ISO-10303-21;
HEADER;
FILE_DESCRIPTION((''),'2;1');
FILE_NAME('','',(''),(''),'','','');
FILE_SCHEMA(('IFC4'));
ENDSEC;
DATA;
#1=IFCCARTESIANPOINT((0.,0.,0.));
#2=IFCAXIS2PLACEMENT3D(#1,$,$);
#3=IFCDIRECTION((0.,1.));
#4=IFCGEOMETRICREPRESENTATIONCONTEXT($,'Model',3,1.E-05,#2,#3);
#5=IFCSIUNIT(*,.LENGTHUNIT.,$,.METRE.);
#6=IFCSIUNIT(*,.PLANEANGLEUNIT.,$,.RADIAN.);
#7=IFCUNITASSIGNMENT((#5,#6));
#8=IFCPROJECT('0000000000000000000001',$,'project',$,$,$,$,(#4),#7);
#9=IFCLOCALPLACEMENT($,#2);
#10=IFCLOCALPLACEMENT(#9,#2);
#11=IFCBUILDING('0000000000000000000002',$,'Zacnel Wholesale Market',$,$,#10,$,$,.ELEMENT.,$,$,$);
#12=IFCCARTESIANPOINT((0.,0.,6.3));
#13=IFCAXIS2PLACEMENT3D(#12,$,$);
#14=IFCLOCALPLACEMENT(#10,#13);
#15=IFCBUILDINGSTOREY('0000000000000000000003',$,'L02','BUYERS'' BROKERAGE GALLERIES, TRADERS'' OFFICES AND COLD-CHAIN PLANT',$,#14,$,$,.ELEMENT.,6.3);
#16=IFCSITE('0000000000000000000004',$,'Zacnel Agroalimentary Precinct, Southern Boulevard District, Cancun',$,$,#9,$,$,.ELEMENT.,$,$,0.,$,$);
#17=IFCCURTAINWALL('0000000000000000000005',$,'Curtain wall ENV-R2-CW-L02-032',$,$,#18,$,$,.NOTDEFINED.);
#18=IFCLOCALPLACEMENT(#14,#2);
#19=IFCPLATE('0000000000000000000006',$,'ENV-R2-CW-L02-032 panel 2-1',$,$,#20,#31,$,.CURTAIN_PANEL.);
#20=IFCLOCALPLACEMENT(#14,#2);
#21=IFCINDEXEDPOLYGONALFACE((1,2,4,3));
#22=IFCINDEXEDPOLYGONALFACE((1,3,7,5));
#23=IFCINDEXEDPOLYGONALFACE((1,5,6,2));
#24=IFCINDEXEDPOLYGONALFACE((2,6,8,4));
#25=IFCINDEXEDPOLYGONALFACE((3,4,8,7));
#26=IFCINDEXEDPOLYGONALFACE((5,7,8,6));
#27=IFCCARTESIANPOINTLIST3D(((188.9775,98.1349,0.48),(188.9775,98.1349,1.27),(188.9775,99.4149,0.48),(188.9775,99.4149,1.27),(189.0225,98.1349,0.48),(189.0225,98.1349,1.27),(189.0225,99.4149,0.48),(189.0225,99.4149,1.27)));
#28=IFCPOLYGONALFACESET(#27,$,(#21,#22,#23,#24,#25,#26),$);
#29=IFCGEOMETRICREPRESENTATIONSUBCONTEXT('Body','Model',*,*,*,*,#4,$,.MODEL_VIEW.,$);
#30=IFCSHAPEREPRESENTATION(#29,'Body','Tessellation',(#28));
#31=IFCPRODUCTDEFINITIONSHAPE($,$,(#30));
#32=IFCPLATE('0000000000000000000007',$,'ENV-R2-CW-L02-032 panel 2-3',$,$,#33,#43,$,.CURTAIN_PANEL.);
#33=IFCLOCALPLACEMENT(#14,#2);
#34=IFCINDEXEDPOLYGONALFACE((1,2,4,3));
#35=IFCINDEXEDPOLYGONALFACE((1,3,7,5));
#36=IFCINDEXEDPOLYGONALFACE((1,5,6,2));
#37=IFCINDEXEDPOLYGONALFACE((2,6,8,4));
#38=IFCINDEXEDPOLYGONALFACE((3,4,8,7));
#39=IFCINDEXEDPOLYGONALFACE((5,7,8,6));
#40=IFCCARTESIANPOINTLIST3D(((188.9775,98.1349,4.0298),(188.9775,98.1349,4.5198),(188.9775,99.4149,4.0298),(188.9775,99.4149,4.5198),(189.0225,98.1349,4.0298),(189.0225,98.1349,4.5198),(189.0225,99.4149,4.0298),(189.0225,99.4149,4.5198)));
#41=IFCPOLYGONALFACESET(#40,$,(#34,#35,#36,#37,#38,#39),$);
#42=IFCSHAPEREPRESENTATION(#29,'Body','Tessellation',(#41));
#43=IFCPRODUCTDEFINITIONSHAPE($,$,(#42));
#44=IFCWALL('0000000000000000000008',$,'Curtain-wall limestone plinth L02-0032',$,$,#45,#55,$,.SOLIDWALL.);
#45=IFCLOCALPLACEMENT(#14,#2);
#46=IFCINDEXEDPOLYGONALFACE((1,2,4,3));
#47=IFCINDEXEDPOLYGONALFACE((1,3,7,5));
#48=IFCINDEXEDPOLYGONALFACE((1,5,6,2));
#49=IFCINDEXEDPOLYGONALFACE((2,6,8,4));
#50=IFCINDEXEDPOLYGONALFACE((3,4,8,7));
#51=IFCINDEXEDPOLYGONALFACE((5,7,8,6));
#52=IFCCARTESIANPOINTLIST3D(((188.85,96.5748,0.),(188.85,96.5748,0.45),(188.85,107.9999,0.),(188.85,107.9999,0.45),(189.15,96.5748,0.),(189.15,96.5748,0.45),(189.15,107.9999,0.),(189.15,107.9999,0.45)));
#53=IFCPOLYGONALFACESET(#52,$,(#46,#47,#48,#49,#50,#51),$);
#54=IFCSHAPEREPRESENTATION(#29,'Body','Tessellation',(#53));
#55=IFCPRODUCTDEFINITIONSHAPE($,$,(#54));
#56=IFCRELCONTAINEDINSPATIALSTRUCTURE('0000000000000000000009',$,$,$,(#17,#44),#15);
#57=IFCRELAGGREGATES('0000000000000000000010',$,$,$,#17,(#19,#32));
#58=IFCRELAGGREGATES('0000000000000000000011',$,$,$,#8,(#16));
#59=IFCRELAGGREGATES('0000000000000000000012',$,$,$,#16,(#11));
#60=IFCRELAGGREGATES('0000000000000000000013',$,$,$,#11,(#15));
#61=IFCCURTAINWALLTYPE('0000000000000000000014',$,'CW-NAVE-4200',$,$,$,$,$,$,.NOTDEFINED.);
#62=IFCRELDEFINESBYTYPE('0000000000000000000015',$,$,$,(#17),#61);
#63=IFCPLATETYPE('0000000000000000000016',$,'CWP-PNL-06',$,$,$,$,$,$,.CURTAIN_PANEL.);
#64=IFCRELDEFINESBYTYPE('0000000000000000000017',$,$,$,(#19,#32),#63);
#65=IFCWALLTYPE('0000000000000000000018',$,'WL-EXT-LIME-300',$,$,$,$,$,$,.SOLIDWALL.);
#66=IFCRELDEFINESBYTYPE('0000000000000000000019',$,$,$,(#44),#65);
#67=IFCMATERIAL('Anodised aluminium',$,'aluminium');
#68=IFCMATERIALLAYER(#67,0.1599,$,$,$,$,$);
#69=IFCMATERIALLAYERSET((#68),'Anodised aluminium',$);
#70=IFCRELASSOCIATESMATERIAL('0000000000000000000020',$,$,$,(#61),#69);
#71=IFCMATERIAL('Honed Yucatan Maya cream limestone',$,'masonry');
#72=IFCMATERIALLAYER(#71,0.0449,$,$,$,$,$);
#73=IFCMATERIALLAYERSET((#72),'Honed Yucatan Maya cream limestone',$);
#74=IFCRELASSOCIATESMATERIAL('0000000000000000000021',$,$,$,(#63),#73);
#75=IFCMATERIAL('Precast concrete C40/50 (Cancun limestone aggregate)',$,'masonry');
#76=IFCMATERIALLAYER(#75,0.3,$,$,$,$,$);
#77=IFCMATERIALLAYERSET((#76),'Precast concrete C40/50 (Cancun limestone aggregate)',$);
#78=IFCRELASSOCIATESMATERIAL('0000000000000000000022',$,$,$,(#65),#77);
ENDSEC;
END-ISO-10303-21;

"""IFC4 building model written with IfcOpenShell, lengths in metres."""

from ifc_helpers import new_model, si_unit, direction, frame, frame_2d, origin, origin_2d, place, context, subcontext, project, spatial, rectangle, extrude, material, layer, layer_set, type_object, element, aggregate, save


model = new_model("IFC4")

# Units and contexts
model_context = context("Model", 3, precision=1e-05, world=origin(), true_north=direction((0.0, 1.0)))
body_context = subcontext(model_context, "Body", "Model", "MODEL_VIEW")
ifc_project = project(units=[si_unit("LENGTHUNIT", "METRE"), si_unit("PLANEANGLEUNIT", "RADIAN")], contexts=[model_context])

# Site, building, storey
site_placement = place(None, origin())
site = spatial("IfcSite", under=ifc_project, at=site_placement, Name="Zacnel Agroalimentary Precinct, Southern Boulevard District, Cancun", CompositionType="ELEMENT", RefElevation=0.0)
building_placement = place(site_placement, origin())
building = spatial("IfcBuilding", under=site, at=building_placement, Name="Zacnel Wholesale Market", CompositionType="ELEMENT")
storey_placement = place(building_placement, frame((0.0, 0.0, 6.3)))
storey = spatial("IfcBuildingStorey", under=building, at=storey_placement, Name="L02", Description="BUYERS' BROKERAGE GALLERIES, TRADERS' OFFICES AND COLD-CHAIN PLANT", CompositionType="ELEMENT", Elevation=6.3)

# Shared definitions
ifc_material_1 = material(Name="Anodised aluminium", Category="aluminium")
ifc_layer_1 = layer(ifc_material_1, 0.1599)
ifc_layer_set_1 = layer_set([ifc_layer_1], Name="Anodised aluminium")
curtain_wall_type = type_object("IfcCurtainWallType", Name="CW-NAVE-4200", PredefinedType="NOTDEFINED", material=ifc_layer_set_1)

# Curtain wall
curtain_wall_1_placement = place(storey_placement, origin())
curtain_wall_1 = element("IfcCurtainWall", 1, at=curtain_wall_1_placement, inside=storey, type_object=curtain_wall_type, Name="Curtain wall ENV-R2-CW-L02-032", PredefinedType="NOTDEFINED")

# Plates
ifc_material_2 = material(Name="Honed Yucatan Maya cream limestone", Category="masonry")
ifc_layer_2 = layer(ifc_material_2, 0.0449)
ifc_layer_set_2 = layer_set([ifc_layer_2], Name="Honed Yucatan Maya cream limestone")
plate_type_1 = type_object("IfcPlateType", Name="CWP-PNL-06", PredefinedType="CURTAIN_PANEL", material=ifc_layer_set_2)
plate_1_placement = place(storey_placement, frame((189.0, 98.7749, 0.48), z_axis=(0.0, 0.0, 1.0), x_axis=(0.0, 1.0, 0.0)))
plate_1 = element("IfcPlate", 2, at=plate_1_placement, type_object=plate_type_1, Name="ENV-R2-CW-L02-032 panel 2-1", PredefinedType="CURTAIN_PANEL", context=body_context, shape_type="SweptSolid", body=[
    extrude(rectangle(XDim=1.28, YDim=0.0449, at=origin_2d()), origin(), (0.0, 0.0, 1.0), 0.79),
])
plate_2_placement = place(storey_placement, frame((189.0, 98.7749, 4.0298), z_axis=(0.0, 0.0, 1.0), x_axis=(0.0, 1.0, 0.0)))
plate_2 = element("IfcPlate", 3, at=plate_2_placement, type_object=plate_type_1, Name="ENV-R2-CW-L02-032 panel 2-3", PredefinedType="CURTAIN_PANEL", context=body_context, shape_type="SweptSolid", body=[
    extrude(rectangle(XDim=1.28, YDim=0.0449, at=origin_2d()), origin(), (0.0, 0.0, 1.0), 0.49),
])
aggregate(curtain_wall_1, [plate_1, plate_2])

# Wall
ifc_material_3 = material(Name="Precast concrete C40/50 (Cancun limestone aggregate)", Category="masonry")
ifc_layer_3 = layer(ifc_material_3, 0.3)
ifc_layer_set_3 = layer_set([ifc_layer_3], Name="Precast concrete C40/50 (Cancun limestone aggregate)")
wall_type = type_object("IfcWallType", Name="WL-EXT-LIME-300", PredefinedType="SOLIDWALL", material=ifc_layer_set_3)
wall_placement = place(storey_placement, frame((189.0, 96.575, 0.0), z_axis=(0.0, 0.0, 1.0), x_axis=(0.0, 1.0, 0.0)))
element("IfcWall", 4, at=wall_placement, inside=storey, type_object=wall_type, Name="Curtain-wall limestone plinth L02-0032", PredefinedType="SOLIDWALL", context=body_context, shape_type="SweptSolid", body=[
    extrude(rectangle(XDim=11.425, YDim=0.3, at=frame_2d((5.7124, 0.0))), origin(), (0.0, 0.0, 1.0), 0.45),
])

save(model, "model.ifc")
